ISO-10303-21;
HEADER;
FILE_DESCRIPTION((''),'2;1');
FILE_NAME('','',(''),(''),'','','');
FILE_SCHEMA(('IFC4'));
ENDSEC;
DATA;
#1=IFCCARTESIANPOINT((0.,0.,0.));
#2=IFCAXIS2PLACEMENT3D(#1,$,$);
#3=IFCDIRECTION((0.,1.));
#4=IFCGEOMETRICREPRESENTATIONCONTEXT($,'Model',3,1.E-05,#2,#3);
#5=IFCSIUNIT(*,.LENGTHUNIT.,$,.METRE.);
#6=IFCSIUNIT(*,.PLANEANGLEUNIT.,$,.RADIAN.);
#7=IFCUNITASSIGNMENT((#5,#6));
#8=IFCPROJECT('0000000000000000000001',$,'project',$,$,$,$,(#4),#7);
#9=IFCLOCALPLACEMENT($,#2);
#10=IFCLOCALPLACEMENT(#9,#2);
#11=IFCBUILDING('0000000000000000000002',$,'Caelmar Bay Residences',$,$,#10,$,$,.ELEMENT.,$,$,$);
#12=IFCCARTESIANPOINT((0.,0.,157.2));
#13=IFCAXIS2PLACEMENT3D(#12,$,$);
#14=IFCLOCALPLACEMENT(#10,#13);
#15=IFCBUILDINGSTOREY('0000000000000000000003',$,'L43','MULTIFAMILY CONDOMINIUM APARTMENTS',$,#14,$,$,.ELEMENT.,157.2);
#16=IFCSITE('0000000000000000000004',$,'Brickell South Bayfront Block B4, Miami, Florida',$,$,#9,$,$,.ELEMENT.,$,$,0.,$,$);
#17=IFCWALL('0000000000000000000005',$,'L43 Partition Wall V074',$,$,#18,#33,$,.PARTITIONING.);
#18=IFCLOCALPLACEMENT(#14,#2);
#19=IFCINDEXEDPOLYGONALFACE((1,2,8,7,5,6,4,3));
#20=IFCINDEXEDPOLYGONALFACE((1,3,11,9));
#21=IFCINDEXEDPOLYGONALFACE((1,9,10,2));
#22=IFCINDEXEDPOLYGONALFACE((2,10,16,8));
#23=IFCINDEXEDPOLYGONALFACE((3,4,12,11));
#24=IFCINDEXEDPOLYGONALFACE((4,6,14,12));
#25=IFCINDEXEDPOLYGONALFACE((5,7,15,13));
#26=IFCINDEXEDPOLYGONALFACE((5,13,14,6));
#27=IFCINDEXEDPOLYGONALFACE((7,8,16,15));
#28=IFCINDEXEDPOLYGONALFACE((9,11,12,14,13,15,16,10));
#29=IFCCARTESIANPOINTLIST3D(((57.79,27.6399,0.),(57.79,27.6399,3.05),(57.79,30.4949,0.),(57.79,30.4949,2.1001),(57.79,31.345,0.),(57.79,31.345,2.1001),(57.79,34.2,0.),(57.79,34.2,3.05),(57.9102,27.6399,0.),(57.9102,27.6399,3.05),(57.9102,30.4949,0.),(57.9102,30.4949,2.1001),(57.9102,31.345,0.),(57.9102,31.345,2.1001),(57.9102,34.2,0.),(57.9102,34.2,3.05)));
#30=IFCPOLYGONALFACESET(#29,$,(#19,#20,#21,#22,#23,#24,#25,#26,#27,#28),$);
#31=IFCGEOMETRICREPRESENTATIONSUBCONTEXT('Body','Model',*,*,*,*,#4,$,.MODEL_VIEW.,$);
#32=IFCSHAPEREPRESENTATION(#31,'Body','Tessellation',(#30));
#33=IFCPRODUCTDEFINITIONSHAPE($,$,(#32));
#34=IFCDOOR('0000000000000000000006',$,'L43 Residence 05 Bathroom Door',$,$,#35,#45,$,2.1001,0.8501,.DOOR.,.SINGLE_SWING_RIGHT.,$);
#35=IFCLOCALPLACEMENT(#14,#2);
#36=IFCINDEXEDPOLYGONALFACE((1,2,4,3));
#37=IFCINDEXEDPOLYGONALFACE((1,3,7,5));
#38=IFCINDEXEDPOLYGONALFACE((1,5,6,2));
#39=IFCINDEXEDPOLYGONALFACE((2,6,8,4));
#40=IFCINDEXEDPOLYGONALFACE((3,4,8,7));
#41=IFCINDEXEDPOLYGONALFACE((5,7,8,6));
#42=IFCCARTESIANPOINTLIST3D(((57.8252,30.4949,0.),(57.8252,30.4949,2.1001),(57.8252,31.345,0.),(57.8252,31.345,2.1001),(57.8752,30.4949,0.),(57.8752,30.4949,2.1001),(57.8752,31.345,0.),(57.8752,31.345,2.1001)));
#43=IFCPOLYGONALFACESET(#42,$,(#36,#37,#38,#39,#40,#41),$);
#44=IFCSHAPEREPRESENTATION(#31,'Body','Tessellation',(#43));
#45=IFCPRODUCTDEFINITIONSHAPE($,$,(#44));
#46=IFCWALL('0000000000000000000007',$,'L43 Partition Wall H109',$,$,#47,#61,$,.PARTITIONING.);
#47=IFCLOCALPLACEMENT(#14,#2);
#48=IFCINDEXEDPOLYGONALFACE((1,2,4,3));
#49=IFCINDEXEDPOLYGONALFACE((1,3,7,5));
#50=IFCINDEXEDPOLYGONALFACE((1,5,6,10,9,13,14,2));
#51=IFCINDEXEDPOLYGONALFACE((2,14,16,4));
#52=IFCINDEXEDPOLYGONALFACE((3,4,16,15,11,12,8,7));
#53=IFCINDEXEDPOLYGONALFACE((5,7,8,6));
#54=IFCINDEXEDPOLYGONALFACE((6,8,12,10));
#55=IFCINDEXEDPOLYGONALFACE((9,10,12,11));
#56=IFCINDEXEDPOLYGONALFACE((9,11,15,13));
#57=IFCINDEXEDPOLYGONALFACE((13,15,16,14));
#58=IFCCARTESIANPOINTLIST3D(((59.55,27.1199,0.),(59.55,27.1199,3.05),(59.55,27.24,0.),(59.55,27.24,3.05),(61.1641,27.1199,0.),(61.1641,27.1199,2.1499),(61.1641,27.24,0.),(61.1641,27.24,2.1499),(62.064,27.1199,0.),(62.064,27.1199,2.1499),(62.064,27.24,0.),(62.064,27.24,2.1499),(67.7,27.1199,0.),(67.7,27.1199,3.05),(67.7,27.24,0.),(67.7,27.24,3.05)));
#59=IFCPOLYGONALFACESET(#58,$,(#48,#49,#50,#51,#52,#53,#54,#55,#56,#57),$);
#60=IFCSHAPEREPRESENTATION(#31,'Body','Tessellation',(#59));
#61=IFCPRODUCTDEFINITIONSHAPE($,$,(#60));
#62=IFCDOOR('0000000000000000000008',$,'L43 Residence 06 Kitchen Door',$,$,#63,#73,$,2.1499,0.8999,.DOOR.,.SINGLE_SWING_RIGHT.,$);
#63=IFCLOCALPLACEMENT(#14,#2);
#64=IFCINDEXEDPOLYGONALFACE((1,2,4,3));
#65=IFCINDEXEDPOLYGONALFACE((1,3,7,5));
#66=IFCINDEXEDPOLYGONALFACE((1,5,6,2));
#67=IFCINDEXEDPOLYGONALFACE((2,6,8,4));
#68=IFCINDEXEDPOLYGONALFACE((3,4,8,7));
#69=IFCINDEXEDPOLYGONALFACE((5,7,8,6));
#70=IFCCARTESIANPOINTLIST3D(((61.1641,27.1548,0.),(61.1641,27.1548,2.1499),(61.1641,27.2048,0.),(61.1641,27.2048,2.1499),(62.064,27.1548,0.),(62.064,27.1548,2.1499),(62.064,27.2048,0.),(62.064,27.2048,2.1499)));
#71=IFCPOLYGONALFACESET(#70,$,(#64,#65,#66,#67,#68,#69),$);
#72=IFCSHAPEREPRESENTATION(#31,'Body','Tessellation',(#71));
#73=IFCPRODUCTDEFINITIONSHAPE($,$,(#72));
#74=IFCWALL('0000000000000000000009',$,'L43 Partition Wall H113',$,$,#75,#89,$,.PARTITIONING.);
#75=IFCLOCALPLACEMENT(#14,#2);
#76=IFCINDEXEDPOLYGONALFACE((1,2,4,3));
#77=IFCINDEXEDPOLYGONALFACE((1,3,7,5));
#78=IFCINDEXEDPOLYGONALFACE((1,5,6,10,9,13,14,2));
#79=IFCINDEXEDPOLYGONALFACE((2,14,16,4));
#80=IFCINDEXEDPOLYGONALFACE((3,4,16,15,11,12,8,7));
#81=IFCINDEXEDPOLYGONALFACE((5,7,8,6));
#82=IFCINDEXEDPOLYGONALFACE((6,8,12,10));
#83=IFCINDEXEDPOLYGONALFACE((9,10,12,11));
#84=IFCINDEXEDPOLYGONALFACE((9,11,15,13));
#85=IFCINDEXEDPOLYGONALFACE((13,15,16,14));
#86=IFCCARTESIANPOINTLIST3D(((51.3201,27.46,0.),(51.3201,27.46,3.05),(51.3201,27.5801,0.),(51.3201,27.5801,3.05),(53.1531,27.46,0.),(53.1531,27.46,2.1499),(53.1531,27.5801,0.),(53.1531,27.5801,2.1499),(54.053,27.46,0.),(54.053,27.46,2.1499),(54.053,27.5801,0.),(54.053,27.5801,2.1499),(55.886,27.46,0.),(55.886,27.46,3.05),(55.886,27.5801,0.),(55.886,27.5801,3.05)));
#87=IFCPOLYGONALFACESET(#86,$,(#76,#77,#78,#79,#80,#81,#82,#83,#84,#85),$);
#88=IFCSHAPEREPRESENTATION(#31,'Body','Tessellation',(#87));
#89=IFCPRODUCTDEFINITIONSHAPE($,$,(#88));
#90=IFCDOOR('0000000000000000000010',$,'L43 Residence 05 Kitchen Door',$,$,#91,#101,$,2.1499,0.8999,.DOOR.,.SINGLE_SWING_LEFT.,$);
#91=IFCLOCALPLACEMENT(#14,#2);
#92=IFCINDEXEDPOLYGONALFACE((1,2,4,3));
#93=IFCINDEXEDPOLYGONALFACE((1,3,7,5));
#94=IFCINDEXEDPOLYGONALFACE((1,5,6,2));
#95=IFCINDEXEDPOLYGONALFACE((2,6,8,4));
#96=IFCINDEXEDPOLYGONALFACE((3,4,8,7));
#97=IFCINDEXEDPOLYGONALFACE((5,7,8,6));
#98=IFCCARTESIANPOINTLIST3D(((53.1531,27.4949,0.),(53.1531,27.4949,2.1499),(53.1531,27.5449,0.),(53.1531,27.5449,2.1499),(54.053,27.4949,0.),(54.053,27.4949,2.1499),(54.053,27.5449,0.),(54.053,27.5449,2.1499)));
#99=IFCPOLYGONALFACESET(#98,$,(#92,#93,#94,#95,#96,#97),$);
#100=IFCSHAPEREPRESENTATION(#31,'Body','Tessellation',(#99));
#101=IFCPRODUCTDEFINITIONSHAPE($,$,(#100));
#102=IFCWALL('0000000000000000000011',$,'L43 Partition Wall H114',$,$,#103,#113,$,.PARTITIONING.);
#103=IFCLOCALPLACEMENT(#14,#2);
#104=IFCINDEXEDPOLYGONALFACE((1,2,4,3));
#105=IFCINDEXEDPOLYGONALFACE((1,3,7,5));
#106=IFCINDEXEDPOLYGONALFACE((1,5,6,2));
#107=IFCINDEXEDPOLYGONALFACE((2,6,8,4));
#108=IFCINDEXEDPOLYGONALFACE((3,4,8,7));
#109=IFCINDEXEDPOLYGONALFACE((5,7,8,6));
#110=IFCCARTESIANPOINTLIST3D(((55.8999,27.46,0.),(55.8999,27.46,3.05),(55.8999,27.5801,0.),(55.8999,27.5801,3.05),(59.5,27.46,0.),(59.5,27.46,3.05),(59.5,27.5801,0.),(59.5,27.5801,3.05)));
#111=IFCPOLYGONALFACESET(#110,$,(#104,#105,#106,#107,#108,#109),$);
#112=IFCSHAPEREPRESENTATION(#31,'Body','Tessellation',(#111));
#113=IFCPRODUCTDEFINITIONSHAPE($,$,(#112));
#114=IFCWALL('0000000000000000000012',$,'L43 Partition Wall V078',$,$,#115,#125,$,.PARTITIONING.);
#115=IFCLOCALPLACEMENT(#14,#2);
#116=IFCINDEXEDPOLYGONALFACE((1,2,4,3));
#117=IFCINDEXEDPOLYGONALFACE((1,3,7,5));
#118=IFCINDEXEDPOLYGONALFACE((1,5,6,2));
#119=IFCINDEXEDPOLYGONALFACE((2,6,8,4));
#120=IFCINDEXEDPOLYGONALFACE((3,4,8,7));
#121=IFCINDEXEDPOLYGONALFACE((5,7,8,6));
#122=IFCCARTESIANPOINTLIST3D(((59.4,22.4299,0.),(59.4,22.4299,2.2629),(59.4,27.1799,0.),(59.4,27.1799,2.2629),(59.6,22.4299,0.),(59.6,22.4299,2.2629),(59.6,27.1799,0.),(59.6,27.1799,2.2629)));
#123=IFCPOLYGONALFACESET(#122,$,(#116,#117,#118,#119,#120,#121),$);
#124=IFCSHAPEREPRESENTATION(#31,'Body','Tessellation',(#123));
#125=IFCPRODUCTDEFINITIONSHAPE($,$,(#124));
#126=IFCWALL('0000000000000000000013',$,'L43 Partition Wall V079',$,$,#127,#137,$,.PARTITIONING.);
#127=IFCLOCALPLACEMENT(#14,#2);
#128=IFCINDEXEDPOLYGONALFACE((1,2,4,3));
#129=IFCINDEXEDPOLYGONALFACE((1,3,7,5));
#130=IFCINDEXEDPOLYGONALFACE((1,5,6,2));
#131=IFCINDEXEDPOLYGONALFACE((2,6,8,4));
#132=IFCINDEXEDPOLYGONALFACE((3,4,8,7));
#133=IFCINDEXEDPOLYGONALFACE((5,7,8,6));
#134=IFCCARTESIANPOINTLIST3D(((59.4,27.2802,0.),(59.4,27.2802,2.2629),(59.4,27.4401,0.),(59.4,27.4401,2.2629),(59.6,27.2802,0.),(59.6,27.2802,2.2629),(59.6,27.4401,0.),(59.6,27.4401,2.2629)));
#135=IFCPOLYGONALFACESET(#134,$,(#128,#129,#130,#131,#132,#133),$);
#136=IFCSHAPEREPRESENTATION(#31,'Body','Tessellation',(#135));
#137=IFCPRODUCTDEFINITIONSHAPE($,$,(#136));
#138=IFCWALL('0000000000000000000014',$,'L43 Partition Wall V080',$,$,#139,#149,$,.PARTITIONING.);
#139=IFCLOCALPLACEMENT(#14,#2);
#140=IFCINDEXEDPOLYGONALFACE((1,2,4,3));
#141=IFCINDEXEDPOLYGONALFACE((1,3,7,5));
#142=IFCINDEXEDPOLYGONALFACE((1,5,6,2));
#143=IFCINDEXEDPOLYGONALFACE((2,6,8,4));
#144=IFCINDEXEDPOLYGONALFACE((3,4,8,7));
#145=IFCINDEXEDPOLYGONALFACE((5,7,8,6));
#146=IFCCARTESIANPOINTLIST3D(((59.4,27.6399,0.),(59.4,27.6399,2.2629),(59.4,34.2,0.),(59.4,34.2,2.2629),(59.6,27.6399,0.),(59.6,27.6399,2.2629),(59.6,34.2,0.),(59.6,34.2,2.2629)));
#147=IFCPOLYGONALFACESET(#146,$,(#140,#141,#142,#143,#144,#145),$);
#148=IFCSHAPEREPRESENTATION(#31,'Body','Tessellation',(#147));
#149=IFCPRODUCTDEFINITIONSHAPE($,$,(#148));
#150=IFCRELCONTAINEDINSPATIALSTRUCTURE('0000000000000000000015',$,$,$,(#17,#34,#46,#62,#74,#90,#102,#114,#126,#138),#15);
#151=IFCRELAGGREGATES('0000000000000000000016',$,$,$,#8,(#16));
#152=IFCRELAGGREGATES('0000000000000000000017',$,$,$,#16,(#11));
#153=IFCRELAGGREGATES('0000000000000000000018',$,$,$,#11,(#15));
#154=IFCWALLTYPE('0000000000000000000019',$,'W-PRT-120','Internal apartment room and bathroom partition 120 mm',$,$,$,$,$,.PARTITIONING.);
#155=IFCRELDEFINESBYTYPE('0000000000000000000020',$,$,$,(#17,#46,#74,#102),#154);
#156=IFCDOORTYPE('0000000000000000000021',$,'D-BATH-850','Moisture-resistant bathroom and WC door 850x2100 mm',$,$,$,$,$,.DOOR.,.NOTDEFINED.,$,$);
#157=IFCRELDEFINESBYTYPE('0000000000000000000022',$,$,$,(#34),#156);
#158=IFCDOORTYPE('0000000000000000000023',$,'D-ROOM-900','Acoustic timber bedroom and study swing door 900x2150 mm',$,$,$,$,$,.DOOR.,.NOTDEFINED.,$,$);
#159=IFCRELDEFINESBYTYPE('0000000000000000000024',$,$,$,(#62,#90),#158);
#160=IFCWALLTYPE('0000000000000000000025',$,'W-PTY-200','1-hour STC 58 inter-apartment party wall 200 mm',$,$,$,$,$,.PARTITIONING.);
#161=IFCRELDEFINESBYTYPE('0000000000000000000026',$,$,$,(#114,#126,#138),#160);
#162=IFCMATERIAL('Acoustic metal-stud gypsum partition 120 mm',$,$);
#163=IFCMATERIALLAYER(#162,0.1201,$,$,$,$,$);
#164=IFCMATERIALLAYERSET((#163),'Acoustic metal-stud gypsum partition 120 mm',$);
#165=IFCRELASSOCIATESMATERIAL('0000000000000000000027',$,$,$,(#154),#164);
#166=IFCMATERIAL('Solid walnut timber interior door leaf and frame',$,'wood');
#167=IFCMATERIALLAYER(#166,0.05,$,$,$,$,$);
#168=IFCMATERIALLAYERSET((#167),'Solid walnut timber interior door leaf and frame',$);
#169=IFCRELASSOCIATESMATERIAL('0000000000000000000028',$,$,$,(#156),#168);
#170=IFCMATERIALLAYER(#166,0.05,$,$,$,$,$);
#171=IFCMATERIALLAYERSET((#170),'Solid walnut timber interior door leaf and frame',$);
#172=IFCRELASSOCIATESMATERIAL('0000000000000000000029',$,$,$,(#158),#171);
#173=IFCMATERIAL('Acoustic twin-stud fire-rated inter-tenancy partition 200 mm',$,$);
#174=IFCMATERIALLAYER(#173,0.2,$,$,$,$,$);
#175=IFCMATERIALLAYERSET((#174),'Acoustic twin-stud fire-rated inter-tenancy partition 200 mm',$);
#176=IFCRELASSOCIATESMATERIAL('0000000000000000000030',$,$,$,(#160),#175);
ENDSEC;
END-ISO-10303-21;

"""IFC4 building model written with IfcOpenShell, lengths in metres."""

from ifc_helpers import new_model, si_unit, direction, frame, frame_2d, origin, place, context, subcontext, project, spatial, rectangle, extrude, material, layer, layer_set, type_object, element, fill, save


model = new_model("IFC4")

# Units and contexts
model_context = context("Model", 3, precision=1e-05, world=origin(), true_north=direction((0.0, 1.0)))
body_context = subcontext(model_context, "Body", "Model", "MODEL_VIEW")
ifc_project = project(units=[si_unit("LENGTHUNIT", "METRE"), si_unit("PLANEANGLEUNIT", "RADIAN")], contexts=[model_context])

# Site, building, storey
site_placement = place(None, origin())
site = spatial("IfcSite", under=ifc_project, at=site_placement, Name="Brickell South Bayfront Block B4, Miami, Florida", CompositionType="ELEMENT", RefElevation=0.0)
building_placement = place(site_placement, origin())
building = spatial("IfcBuilding", under=site, at=building_placement, Name="Caelmar Bay Residences", CompositionType="ELEMENT")
storey_placement = place(building_placement, frame((0.0, 0.0, 157.2)))
storey = spatial("IfcBuildingStorey", under=building, at=storey_placement, Name="L43", Description="MULTIFAMILY CONDOMINIUM APARTMENTS", CompositionType="ELEMENT", Elevation=157.2)

# Shared definitions
ifc_material_1 = material(Name="Acoustic metal-stud gypsum partition 120 mm")
ifc_layer_1 = layer(ifc_material_1, 0.1201)
ifc_layer_set_1 = layer_set([ifc_layer_1], Name="Acoustic metal-stud gypsum partition 120 mm")
wall_type_1 = type_object("IfcWallType", Name="W-PRT-120", Description="Internal apartment room and bathroom partition 120 mm", PredefinedType="PARTITIONING", material=ifc_layer_set_1)
ifc_material_2 = material(Name="Solid walnut timber interior door leaf and frame", Category="wood")
ifc_layer_2 = layer(ifc_material_2, 0.05)
ifc_layer_set_2 = layer_set([ifc_layer_2], Name="Solid walnut timber interior door leaf and frame")
door_type_1 = type_object("IfcDoorType", Name="D-BATH-850", Description="Moisture-resistant bathroom and WC door 850x2100 mm", OperationType="NOTDEFINED", PredefinedType="DOOR", material=ifc_layer_set_2)
ifc_layer_3 = layer(ifc_material_2, 0.05)
ifc_layer_set_3 = layer_set([ifc_layer_3], Name="Solid walnut timber interior door leaf and frame")
door_type_2 = type_object("IfcDoorType", Name="D-ROOM-900", Description="Acoustic timber bedroom and study swing door 900x2150 mm", OperationType="NOTDEFINED", PredefinedType="DOOR", material=ifc_layer_set_3)

# Walls, openings, doors
wall_1_placement = place(storey_placement, frame((57.8501, 27.6399, 0.0), z_axis=(0.0, 0.0, 1.0), x_axis=(0.0, 1.0, 0.0)))
wall_1 = element("IfcWall", 1, at=wall_1_placement, inside=storey, type_object=wall_type_1, Name="L43 Partition Wall V074", PredefinedType="PARTITIONING", context=body_context, shape_type="SweptSolid", body=[
    extrude(rectangle(XDim=6.5601, YDim=0.1201, at=frame_2d((3.28, 0.0))), origin(), (0.0, 0.0, 1.0), 3.05),
])
opening_1_placement = place(wall_1_placement, frame((2.855, 0.0, 0.0)))
opening_1 = element("IfcOpeningElement", 2, at=opening_1_placement, cuts=wall_1, PredefinedType="OPENING", context=body_context, shape_type="SweptSolid", body=[
    extrude(rectangle(XDim=0.8501, YDim=2.1001, at=frame_2d((0.425, 1.05))), frame((0.0, 0.0701, 0.0), z_axis=(0.0, -1.0, 0.0), x_axis=(1.0, 0.0, 0.0)), (0.0, 0.0, 1.0), 0.1401),
])
door_1_placement = place(opening_1_placement, origin())
door_1 = element("IfcDoor", 3, at=door_1_placement, inside=storey, type_object=door_type_1, Name="L43 Residence 05 Bathroom Door", OperationType="SINGLE_SWING_RIGHT", OverallHeight=2.1001, OverallWidth=0.8501, PredefinedType="DOOR", context=body_context, shape_type="SweptSolid", body=[
    extrude(rectangle(XDim=0.8501, YDim=2.1001, at=frame_2d((0.425, 1.05))), frame((0.0, 0.0249, 0.0), z_axis=(0.0, -1.0, 0.0), x_axis=(1.0, 0.0, 0.0)), (0.0, 0.0, 1.0), 0.05),
])
fill(opening_1, door_1)
wall_2_placement = place(storey_placement, frame((59.55, 27.1799, 0.0), z_axis=(0.0, 0.0, 1.0), x_axis=(1.0, 0.0, 0.0)))
wall_2 = element("IfcWall", 4, at=wall_2_placement, inside=storey, type_object=wall_type_1, Name="L43 Partition Wall H109", PredefinedType="PARTITIONING", context=body_context, shape_type="SweptSolid", body=[
    extrude(rectangle(XDim=8.1499, YDim=0.1201, at=frame_2d((4.075, 0.0))), origin(), (0.0, 0.0, 1.0), 3.05),
])
opening_2_placement = place(wall_2_placement, frame((1.614, 0.0, 0.0)))
opening_2 = element("IfcOpeningElement", 5, at=opening_2_placement, cuts=wall_2, PredefinedType="OPENING", context=body_context, shape_type="SweptSolid", body=[
    extrude(rectangle(XDim=0.8999, YDim=2.1499, at=frame_2d((0.45, 1.075))), frame((0.0, 0.0701, 0.0), z_axis=(0.0, -1.0, 0.0), x_axis=(1.0, 0.0, 0.0)), (0.0, 0.0, 1.0), 0.1401),
])
door_2_placement = place(opening_2_placement, origin())
door_2 = element("IfcDoor", 6, at=door_2_placement, inside=storey, type_object=door_type_2, Name="L43 Residence 06 Kitchen Door", OperationType="SINGLE_SWING_RIGHT", OverallHeight=2.1499, OverallWidth=0.8999, PredefinedType="DOOR", context=body_context, shape_type="SweptSolid", body=[
    extrude(rectangle(XDim=0.8999, YDim=2.1499, at=frame_2d((0.45, 1.075))), frame((0.0, 0.0249, 0.0), z_axis=(0.0, -1.0, 0.0), x_axis=(1.0, 0.0, 0.0)), (0.0, 0.0, 1.0), 0.05),
])
fill(opening_2, door_2)
wall_3_placement = place(storey_placement, frame((51.3201, 27.52, 0.0), z_axis=(0.0, 0.0, 1.0), x_axis=(1.0, 0.0, 0.0)))
wall_3 = element("IfcWall", 7, at=wall_3_placement, inside=storey, type_object=wall_type_1, Name="L43 Partition Wall H113", PredefinedType="PARTITIONING", context=body_context, shape_type="SweptSolid", body=[
    extrude(rectangle(XDim=4.5659, YDim=0.1201, at=frame_2d((2.283, 0.0))), origin(), (0.0, 0.0, 1.0), 3.05),
])
opening_3_placement = place(wall_3_placement, frame((1.833, 0.0, 0.0)))
opening_3 = element("IfcOpeningElement", 8, at=opening_3_placement, cuts=wall_3, PredefinedType="OPENING", context=body_context, shape_type="SweptSolid", body=[
    extrude(rectangle(XDim=0.8999, YDim=2.1499, at=frame_2d((0.45, 1.075))), frame((0.0, 0.0701, 0.0), z_axis=(0.0, -1.0, 0.0), x_axis=(1.0, 0.0, 0.0)), (0.0, 0.0, 1.0), 0.1401),
])
door_3_placement = place(opening_3_placement, origin())
door_3 = element("IfcDoor", 9, at=door_3_placement, inside=storey, type_object=door_type_2, Name="L43 Residence 05 Kitchen Door", OperationType="SINGLE_SWING_LEFT", OverallHeight=2.1499, OverallWidth=0.8999, PredefinedType="DOOR", context=body_context, shape_type="SweptSolid", body=[
    extrude(rectangle(XDim=0.8999, YDim=2.1499, at=frame_2d((0.45, 1.075))), frame((0.0, 0.0249, 0.0), z_axis=(0.0, -1.0, 0.0), x_axis=(1.0, 0.0, 0.0)), (0.0, 0.0, 1.0), 0.05),
])
fill(opening_3, door_3)

# Walls
wall_4_placement = place(storey_placement, frame((55.8999, 27.52, 0.0), z_axis=(0.0, 0.0, 1.0), x_axis=(1.0, 0.0, 0.0)))
element("IfcWall", 10, at=wall_4_placement, inside=storey, type_object=wall_type_1, Name="L43 Partition Wall H114", PredefinedType="PARTITIONING", context=body_context, shape_type="SweptSolid", body=[
    extrude(rectangle(XDim=3.6001, YDim=0.1201, at=frame_2d((1.8, 0.0))), origin(), (0.0, 0.0, 1.0), 3.05),
])
ifc_material_3 = material(Name="Acoustic twin-stud fire-rated inter-tenancy partition 200 mm")
ifc_layer_4 = layer(ifc_material_3, 0.2)
ifc_layer_set_4 = layer_set([ifc_layer_4], Name="Acoustic twin-stud fire-rated inter-tenancy partition 200 mm")
wall_type_2 = type_object("IfcWallType", Name="W-PTY-200", Description="1-hour STC 58 inter-apartment party wall 200 mm", PredefinedType="PARTITIONING", material=ifc_layer_set_4)
wall_5_placement = place(storey_placement, frame((59.5, 22.4299, 0.0), z_axis=(0.0, 0.0, 1.0), x_axis=(0.0, 1.0, 0.0)))
element("IfcWall", 11, at=wall_5_placement, inside=storey, type_object=wall_type_2, Name="L43 Partition Wall V078", PredefinedType="PARTITIONING", context=body_context, shape_type="SweptSolid", body=[
    extrude(rectangle(XDim=4.75, YDim=0.2, at=frame_2d((2.375, 0.0))), origin(), (0.0, 0.0, 1.0), 2.2629),
])
wall_6_placement = place(storey_placement, frame((59.5, 27.28, 0.0), z_axis=(0.0, 0.0, 1.0), x_axis=(0.0, 1.0, 0.0)))
element("IfcWall", 12, at=wall_6_placement, inside=storey, type_object=wall_type_2, Name="L43 Partition Wall V079", PredefinedType="PARTITIONING", context=body_context, shape_type="SweptSolid", body=[
    extrude(rectangle(XDim=0.1599, YDim=0.2, at=frame_2d((0.0801, 0.0))), origin(), (0.0, 0.0, 1.0), 2.2629),
])
wall_7_placement = place(storey_placement, frame((59.5, 27.6399, 0.0), z_axis=(0.0, 0.0, 1.0), x_axis=(0.0, 1.0, 0.0)))
element("IfcWall", 13, at=wall_7_placement, inside=storey, type_object=wall_type_2, Name="L43 Partition Wall V080", PredefinedType="PARTITIONING", context=body_context, shape_type="SweptSolid", body=[
    extrude(rectangle(XDim=6.5601, YDim=0.2, at=frame_2d((3.28, 0.0))), origin(), (0.0, 0.0, 1.0), 2.2629),
])

save(model, "model.ifc")
